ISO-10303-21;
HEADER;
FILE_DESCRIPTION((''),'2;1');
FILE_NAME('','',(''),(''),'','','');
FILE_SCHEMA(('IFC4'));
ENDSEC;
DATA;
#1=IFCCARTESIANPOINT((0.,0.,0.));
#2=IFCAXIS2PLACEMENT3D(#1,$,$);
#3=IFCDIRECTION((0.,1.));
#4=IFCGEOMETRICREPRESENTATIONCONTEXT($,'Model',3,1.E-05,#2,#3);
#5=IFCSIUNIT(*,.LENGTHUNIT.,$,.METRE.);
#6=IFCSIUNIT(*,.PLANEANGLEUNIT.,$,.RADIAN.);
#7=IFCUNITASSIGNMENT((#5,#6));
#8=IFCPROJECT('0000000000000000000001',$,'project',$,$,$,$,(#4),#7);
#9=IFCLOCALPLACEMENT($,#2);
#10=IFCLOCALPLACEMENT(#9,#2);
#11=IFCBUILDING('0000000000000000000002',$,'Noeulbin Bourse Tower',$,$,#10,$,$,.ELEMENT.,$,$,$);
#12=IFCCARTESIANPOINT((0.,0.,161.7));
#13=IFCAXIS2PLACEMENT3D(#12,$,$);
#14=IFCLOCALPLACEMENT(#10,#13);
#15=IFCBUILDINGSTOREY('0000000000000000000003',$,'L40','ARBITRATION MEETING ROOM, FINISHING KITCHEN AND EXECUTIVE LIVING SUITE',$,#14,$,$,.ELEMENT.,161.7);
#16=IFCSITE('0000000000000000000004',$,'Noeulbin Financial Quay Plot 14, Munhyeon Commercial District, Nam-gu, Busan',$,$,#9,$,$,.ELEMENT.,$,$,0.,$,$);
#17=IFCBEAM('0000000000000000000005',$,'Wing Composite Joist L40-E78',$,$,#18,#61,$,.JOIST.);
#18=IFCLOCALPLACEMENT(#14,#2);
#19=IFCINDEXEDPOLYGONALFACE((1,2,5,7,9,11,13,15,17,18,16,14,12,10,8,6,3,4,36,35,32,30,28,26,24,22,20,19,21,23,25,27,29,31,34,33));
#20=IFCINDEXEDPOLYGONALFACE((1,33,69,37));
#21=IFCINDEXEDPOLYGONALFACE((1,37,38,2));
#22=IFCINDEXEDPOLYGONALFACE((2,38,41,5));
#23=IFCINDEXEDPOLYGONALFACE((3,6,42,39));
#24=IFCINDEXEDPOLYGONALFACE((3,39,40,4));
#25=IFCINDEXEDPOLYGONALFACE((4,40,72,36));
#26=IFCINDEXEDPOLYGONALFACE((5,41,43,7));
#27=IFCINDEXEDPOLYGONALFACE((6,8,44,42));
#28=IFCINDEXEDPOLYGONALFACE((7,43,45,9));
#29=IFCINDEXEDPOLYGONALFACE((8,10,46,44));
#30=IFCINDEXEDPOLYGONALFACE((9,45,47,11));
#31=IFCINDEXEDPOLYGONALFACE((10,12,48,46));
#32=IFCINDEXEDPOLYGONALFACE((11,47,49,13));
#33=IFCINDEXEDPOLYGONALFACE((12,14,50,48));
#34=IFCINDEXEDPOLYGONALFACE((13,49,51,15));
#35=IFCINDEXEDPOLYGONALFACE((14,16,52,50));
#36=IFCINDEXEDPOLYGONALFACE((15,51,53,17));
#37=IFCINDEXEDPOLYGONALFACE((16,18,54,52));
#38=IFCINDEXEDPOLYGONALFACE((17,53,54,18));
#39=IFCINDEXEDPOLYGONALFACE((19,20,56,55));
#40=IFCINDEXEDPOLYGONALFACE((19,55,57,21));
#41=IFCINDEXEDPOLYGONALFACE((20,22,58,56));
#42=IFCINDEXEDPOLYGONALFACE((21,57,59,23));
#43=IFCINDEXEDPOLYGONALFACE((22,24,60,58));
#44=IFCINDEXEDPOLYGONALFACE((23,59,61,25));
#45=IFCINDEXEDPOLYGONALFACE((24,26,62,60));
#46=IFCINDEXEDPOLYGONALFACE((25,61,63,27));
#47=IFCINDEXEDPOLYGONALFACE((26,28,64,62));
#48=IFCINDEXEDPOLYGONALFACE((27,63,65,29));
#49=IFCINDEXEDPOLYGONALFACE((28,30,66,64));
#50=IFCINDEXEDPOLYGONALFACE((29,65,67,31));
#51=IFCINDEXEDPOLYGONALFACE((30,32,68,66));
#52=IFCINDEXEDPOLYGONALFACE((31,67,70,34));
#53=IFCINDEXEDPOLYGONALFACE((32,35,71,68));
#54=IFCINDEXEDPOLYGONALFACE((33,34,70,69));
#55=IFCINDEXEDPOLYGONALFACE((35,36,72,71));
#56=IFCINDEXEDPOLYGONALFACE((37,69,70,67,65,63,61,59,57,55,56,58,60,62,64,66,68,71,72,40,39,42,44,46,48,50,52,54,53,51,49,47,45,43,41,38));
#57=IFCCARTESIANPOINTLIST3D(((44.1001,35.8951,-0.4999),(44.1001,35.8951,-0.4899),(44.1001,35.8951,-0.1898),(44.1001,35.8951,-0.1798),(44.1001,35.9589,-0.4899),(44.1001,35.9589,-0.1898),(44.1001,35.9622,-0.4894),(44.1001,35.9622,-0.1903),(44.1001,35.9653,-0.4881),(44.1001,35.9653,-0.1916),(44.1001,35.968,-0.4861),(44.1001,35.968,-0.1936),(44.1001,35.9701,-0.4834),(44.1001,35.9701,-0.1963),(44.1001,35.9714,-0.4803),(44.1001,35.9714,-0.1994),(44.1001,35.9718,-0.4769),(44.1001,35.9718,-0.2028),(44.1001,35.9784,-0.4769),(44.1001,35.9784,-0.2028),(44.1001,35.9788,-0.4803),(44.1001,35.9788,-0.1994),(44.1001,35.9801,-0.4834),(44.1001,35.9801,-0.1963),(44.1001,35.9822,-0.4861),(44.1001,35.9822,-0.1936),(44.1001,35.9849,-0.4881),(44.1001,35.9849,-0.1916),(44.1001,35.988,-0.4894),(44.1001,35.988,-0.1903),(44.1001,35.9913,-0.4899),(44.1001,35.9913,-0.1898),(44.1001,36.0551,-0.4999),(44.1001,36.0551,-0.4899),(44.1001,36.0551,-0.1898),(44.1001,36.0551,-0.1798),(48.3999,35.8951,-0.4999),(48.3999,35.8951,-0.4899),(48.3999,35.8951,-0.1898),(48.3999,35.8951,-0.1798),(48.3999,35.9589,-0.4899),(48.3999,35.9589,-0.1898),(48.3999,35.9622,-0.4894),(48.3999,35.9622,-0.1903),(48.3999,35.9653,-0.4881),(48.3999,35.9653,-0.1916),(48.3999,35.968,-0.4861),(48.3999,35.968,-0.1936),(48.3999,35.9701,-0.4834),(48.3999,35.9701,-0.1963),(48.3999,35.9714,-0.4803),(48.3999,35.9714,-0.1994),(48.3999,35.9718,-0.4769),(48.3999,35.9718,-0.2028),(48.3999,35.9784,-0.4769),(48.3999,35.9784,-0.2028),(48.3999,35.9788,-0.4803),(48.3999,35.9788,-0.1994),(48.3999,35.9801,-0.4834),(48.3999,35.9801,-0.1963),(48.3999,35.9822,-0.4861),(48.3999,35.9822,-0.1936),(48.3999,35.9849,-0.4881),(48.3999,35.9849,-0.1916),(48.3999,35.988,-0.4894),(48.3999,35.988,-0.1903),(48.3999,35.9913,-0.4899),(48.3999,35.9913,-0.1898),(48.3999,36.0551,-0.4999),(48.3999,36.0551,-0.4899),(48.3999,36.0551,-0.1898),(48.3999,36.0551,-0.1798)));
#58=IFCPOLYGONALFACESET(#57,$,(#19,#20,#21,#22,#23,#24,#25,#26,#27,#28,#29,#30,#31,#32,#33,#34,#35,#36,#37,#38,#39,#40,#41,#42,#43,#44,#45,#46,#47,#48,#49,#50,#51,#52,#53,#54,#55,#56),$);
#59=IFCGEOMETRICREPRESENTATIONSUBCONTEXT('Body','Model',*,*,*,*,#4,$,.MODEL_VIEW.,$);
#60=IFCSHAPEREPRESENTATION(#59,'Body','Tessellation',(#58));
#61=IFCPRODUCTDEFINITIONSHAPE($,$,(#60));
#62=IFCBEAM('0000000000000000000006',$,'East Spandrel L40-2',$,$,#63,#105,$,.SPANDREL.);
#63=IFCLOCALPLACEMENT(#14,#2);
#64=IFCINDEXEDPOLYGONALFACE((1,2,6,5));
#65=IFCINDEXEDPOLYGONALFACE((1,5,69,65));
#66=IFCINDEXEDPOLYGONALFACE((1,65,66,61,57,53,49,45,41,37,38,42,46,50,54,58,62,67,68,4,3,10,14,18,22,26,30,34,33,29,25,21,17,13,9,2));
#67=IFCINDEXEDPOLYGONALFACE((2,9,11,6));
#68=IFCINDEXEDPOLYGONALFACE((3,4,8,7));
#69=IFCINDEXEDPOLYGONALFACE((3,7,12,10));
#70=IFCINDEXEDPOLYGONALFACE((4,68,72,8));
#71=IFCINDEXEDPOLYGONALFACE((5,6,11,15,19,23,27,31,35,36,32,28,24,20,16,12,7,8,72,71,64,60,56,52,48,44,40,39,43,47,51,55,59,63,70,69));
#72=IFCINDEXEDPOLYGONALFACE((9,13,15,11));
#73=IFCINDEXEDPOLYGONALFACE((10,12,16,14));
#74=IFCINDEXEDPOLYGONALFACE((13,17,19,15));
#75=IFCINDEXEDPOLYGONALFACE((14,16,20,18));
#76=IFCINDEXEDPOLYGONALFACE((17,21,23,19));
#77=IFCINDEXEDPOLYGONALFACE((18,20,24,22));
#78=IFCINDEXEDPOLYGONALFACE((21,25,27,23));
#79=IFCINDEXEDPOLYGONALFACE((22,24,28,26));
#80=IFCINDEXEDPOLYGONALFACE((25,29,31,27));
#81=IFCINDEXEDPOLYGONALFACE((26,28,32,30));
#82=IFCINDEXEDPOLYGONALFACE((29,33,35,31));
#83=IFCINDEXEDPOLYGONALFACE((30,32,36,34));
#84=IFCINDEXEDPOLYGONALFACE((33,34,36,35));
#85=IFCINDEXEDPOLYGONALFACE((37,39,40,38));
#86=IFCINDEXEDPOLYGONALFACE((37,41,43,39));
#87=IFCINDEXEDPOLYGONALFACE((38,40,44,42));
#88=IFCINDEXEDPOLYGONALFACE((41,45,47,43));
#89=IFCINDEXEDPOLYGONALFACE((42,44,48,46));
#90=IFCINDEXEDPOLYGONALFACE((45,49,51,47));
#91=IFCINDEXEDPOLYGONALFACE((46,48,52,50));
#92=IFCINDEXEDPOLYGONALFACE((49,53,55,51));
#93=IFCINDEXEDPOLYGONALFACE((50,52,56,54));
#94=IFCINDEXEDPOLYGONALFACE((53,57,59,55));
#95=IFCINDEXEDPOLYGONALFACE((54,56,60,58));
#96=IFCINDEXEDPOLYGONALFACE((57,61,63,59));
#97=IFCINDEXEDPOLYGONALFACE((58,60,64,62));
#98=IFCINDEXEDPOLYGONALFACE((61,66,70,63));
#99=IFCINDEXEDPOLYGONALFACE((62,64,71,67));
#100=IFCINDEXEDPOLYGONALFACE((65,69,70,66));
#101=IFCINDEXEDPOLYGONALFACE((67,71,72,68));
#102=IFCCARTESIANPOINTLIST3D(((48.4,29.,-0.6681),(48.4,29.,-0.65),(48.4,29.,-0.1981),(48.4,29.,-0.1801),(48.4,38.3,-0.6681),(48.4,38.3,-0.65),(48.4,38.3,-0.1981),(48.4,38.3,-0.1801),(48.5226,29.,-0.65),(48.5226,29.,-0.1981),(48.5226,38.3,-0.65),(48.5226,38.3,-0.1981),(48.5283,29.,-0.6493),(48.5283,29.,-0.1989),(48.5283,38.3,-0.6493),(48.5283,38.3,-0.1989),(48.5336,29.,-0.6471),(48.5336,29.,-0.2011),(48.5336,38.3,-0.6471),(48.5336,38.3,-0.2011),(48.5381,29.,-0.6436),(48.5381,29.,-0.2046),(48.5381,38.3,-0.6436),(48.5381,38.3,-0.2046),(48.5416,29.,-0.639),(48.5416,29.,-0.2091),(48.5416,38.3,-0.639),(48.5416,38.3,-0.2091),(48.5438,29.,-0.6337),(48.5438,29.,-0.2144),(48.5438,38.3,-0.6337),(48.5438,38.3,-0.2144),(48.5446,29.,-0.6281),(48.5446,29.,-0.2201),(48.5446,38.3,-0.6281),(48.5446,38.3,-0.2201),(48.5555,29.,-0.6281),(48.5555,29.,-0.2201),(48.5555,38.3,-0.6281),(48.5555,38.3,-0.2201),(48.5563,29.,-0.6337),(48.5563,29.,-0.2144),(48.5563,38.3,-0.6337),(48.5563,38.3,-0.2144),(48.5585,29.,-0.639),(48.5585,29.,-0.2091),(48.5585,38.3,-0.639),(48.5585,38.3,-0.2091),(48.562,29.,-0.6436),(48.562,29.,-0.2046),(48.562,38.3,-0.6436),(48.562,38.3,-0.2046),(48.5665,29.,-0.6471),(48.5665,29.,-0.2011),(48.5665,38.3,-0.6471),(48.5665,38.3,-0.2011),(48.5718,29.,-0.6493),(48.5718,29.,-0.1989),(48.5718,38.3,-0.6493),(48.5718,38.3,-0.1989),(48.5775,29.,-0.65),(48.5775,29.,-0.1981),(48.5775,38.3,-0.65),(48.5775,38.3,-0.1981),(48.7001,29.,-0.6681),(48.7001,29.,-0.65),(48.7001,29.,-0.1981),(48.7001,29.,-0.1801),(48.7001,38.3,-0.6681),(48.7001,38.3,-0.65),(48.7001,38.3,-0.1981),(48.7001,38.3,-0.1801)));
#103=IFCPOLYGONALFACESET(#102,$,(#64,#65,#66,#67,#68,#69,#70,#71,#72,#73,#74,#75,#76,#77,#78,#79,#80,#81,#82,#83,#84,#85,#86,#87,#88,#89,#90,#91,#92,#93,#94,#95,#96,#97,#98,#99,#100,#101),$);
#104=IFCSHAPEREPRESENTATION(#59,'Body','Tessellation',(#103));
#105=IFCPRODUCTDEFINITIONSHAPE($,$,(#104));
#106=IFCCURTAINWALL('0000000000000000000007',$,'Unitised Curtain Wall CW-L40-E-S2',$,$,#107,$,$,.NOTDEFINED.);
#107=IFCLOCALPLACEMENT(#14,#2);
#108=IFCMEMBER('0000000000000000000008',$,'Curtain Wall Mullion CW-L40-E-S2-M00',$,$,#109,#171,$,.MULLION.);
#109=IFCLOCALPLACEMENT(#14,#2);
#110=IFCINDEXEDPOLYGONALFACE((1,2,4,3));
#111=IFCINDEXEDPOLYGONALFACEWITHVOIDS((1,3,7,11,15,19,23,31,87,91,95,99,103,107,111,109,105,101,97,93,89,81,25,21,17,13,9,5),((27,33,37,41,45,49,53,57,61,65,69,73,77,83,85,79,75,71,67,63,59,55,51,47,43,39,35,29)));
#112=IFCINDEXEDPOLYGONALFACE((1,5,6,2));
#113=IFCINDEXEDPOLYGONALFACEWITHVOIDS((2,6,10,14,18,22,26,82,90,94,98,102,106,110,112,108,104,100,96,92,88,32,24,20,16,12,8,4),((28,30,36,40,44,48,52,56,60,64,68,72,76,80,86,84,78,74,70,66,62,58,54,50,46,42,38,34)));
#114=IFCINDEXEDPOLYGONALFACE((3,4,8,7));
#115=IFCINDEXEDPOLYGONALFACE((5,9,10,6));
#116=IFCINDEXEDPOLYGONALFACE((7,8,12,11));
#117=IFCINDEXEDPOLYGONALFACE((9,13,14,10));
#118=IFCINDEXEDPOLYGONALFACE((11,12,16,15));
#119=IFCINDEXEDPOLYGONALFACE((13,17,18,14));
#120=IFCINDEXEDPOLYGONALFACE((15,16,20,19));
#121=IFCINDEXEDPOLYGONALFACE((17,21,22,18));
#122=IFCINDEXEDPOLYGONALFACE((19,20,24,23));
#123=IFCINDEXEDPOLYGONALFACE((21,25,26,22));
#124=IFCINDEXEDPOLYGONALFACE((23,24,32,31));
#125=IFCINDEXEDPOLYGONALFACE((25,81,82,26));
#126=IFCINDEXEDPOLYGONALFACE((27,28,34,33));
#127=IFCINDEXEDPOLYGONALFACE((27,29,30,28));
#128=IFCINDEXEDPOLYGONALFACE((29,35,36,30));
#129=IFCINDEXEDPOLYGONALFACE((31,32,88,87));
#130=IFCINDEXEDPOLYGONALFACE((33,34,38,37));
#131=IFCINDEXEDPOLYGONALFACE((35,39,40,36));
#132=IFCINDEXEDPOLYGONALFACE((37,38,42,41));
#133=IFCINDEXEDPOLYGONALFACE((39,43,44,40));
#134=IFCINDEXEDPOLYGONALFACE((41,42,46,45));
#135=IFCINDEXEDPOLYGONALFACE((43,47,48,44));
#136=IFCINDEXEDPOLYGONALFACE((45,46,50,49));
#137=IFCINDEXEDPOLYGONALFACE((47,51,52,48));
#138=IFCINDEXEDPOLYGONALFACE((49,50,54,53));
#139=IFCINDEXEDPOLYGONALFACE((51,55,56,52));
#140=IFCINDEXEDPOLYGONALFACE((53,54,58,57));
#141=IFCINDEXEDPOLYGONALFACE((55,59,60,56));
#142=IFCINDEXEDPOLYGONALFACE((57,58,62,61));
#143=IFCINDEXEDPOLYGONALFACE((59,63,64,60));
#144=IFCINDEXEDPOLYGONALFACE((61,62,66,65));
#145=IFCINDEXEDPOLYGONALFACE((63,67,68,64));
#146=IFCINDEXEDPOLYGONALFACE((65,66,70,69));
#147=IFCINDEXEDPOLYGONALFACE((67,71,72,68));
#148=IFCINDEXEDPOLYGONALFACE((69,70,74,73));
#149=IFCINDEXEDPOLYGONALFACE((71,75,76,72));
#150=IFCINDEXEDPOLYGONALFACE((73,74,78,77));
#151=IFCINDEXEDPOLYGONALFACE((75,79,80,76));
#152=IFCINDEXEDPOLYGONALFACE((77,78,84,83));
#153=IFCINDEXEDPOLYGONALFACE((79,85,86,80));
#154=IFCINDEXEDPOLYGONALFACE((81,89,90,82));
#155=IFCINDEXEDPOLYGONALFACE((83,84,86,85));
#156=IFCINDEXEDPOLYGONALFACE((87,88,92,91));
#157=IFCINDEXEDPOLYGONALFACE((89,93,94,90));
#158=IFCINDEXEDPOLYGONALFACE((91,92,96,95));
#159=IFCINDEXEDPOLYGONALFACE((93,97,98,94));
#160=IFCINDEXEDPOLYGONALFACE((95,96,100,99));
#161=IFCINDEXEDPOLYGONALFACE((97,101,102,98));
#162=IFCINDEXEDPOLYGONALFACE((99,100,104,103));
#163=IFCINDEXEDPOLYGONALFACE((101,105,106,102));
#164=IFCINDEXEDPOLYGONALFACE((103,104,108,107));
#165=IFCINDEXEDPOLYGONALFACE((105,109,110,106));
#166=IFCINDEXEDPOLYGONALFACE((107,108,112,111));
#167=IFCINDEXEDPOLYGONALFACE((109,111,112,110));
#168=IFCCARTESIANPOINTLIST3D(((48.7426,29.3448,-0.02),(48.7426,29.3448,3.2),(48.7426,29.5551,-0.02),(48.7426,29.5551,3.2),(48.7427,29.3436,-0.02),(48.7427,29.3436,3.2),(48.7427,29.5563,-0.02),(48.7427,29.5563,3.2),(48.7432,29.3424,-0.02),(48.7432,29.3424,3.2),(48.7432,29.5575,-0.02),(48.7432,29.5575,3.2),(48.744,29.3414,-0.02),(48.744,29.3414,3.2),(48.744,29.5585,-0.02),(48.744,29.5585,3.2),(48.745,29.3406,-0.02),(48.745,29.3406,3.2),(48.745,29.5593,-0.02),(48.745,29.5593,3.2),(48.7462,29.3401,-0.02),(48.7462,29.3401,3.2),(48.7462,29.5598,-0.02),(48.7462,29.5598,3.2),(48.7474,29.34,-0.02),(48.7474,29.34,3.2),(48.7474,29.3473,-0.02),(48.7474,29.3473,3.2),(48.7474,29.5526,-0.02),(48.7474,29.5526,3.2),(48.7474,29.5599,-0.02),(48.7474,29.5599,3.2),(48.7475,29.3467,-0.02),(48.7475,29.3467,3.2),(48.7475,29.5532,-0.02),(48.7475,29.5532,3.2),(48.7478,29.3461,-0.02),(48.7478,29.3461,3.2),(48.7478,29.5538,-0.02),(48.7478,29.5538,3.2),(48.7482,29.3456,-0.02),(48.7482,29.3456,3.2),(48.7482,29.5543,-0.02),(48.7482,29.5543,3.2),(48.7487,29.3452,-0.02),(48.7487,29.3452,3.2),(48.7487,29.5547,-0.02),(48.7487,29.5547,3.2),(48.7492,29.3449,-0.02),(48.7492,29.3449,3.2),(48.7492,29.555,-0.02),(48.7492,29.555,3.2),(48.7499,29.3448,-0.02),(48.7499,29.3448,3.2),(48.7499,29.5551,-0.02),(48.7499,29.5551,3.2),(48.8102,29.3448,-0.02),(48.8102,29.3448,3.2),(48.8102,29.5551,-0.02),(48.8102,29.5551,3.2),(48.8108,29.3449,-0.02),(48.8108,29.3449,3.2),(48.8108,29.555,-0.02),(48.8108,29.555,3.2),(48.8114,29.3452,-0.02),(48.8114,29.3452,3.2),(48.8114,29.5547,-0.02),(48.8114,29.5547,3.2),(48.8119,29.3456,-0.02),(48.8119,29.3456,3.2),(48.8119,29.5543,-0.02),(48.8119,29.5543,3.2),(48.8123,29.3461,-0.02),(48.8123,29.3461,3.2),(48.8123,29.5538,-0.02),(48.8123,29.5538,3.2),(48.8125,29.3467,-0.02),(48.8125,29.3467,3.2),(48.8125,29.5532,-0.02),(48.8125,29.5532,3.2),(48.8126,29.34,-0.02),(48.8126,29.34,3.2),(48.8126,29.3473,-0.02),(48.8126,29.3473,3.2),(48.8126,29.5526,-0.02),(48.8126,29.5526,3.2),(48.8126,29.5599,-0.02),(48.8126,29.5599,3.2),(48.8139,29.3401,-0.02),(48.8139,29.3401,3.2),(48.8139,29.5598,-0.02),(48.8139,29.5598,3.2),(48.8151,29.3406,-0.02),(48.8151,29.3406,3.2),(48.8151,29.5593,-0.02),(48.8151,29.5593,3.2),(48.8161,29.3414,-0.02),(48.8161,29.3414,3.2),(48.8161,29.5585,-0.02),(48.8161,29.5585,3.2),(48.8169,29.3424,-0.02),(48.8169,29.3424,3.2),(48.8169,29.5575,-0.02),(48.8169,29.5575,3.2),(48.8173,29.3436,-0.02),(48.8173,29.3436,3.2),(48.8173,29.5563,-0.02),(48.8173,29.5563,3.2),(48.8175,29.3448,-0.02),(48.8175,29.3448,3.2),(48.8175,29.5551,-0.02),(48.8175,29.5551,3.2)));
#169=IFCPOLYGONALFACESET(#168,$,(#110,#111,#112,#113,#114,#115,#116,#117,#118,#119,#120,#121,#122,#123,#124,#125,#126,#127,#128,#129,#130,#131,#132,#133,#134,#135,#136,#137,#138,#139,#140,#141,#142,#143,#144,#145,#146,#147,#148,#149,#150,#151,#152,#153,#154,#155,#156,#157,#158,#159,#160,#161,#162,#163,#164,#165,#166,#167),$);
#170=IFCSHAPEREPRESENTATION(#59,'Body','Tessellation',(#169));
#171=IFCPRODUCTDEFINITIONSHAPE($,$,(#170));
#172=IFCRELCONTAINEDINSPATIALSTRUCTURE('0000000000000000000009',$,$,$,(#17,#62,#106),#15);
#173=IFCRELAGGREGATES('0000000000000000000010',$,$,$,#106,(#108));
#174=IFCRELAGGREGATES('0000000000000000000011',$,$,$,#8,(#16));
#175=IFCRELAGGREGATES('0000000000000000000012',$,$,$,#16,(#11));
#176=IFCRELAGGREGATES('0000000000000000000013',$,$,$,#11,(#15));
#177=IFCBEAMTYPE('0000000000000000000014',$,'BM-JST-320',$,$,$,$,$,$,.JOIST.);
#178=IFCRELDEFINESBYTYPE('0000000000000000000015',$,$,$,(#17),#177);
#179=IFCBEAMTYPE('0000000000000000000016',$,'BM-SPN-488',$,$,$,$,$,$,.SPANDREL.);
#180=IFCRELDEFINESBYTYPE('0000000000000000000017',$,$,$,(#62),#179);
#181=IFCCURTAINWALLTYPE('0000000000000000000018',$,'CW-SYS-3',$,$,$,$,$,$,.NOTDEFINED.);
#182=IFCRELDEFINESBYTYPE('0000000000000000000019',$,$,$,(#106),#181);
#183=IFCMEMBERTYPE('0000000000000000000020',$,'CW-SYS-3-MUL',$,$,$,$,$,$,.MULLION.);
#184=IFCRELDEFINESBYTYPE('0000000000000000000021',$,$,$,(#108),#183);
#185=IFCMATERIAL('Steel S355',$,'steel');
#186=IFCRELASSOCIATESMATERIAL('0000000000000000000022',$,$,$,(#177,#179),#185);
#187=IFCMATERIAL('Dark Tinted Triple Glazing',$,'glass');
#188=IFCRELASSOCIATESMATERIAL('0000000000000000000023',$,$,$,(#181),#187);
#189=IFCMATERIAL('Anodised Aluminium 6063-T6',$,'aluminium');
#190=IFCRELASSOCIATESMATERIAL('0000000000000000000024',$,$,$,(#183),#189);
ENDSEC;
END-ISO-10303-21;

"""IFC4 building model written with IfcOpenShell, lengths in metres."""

from ifc_helpers import new_model, si_unit, direction, frame, origin, origin_2d, place, context, subcontext, project, spatial, hollow_rectangle, i_section, extrude, material, material_profile, profile_set, type_object, element, aggregate, save


model = new_model("IFC4")

# Units and contexts
model_context = context("Model", 3, precision=1e-05, world=origin(), true_north=direction((0.0, 1.0)))
body_context = subcontext(model_context, "Body", "Model", "MODEL_VIEW")
ifc_project = project(units=[si_unit("LENGTHUNIT", "METRE"), si_unit("PLANEANGLEUNIT", "RADIAN")], contexts=[model_context])

# Site, building, storey
site_placement = place(None, origin())
site = spatial("IfcSite", under=ifc_project, at=site_placement, Name="Noeulbin Financial Quay Plot 14, Munhyeon Commercial District, Nam-gu, Busan", CompositionType="ELEMENT", RefElevation=0.0)
building_placement = place(site_placement, origin())
building = spatial("IfcBuilding", under=site, at=building_placement, Name="Noeulbin Bourse Tower", CompositionType="ELEMENT")
storey_placement = place(building_placement, frame((0.0, 0.0, 161.7)))
storey = spatial("IfcBuildingStorey", under=building, at=storey_placement, Name="L40", Description="ARBITRATION MEETING ROOM, FINISHING KITCHEN AND EXECUTIVE LIVING SUITE", CompositionType="ELEMENT", Elevation=161.7)

# Beams
ifc_material_1 = material(Name="Steel S355", Category="steel")
ifc_material_profile_1 = material_profile(ifc_material_1, i_section(OverallWidth=0.1599, OverallDepth=0.3201, WebThickness=0.0066, FlangeThickness=0.01, FilletRadius=0.0129, at=origin_2d()), Name="H-320x160x6.5x10", Category="LoadBearing")
ifc_profile_set_1 = profile_set([ifc_material_profile_1], Name="Steel S355")
beam_type_1 = type_object("IfcBeamType", Name="BM-JST-320", PredefinedType="JOIST", material=ifc_profile_set_1)
for number, where, z_axis, x_axis, name in (
    (1, (44.1001, 35.9751, -0.3398), (1.0, 0.0, 0.0), (0.0, 1.0, 0.0), "Wing Composite Joist L40-E78"),
):
    element("IfcBeam", number, at=place(storey_placement, frame(where, z_axis=z_axis, x_axis=x_axis)), inside=storey, type_object=beam_type_1, Name=name, PredefinedType="JOIST", context=body_context, shape_type="SweptSolid", body=[
        extrude(i_section(OverallWidth=0.1599, OverallDepth=0.3201, WebThickness=0.0066, FlangeThickness=0.01, FilletRadius=0.0129, at=origin_2d()), origin(), (0.0, 0.0, 1.0), 4.2998),
    ])
ifc_material_profile_2 = material_profile(ifc_material_1, i_section(OverallWidth=0.3, OverallDepth=0.488, WebThickness=0.011, FlangeThickness=0.0181, FilletRadius=0.022, at=origin_2d()), Name="H-488x300x11x18", Category="LoadBearing")
ifc_profile_set_2 = profile_set([ifc_material_profile_2], Name="Steel S355")
beam_type_2 = type_object("IfcBeamType", Name="BM-SPN-488", PredefinedType="SPANDREL", material=ifc_profile_set_2)
beam_placement = place(storey_placement, frame((48.55, 29.0, -0.4241), z_axis=(0.0, 1.0, 0.0), x_axis=(-1.0, 0.0, 0.0)))
element("IfcBeam", 2, at=beam_placement, inside=storey, type_object=beam_type_2, Name="East Spandrel L40-2", PredefinedType="SPANDREL", context=body_context, shape_type="SweptSolid", body=[
    extrude(i_section(OverallWidth=0.3, OverallDepth=0.488, WebThickness=0.011, FlangeThickness=0.0181, FilletRadius=0.022, at=origin_2d()), origin(), (0.0, 0.0, 1.0), 9.3),
])

# Curtain wall, member
ifc_material_2 = material(Name="Dark Tinted Triple Glazing", Category="glass")
curtain_wall_type = type_object("IfcCurtainWallType", Name="CW-SYS-3", PredefinedType="NOTDEFINED", material=ifc_material_2)
curtain_wall_placement = place(storey_placement, origin())
curtain_wall = element("IfcCurtainWall", 3, at=curtain_wall_placement, inside=storey, type_object=curtain_wall_type, Name="Unitised Curtain Wall CW-L40-E-S2", PredefinedType="NOTDEFINED")
ifc_material_3 = material(Name="Anodised Aluminium 6063-T6", Category="aluminium")
ifc_material_profile_3 = material_profile(ifc_material_3, hollow_rectangle(XDim=0.075, YDim=0.22, WallThickness=0.0049, InnerFilletRadius=0.0024, OuterFilletRadius=0.0049, at=origin_2d()), Name="ALU-MULL-75x220x5", Category="LoadBearing")
ifc_profile_set_3 = profile_set([ifc_material_profile_3], Name="Anodised Aluminium 6063-T6")
member_type_1 = type_object("IfcMemberType", Name="CW-SYS-3-MUL", PredefinedType="MULLION", material=ifc_profile_set_3)
member_1_placement = place(storey_placement, frame((48.78, 29.45, -0.02), z_axis=(0.0, 0.0, 1.0), x_axis=(1.0, 0.0, 0.0)))
member_1 = element("IfcMember", 4, at=member_1_placement, type_object=member_type_1, Name="Curtain Wall Mullion CW-L40-E-S2-M00", PredefinedType="MULLION", context=body_context, shape_type="SweptSolid", body=[
    extrude(hollow_rectangle(XDim=0.075, YDim=0.22, WallThickness=0.0049, InnerFilletRadius=0.0024, OuterFilletRadius=0.0049, at=origin_2d()), origin(), (0.0, 0.0, 1.0), 3.22),
])
aggregate(curtain_wall, [member_1])

save(model, "model.ifc")
